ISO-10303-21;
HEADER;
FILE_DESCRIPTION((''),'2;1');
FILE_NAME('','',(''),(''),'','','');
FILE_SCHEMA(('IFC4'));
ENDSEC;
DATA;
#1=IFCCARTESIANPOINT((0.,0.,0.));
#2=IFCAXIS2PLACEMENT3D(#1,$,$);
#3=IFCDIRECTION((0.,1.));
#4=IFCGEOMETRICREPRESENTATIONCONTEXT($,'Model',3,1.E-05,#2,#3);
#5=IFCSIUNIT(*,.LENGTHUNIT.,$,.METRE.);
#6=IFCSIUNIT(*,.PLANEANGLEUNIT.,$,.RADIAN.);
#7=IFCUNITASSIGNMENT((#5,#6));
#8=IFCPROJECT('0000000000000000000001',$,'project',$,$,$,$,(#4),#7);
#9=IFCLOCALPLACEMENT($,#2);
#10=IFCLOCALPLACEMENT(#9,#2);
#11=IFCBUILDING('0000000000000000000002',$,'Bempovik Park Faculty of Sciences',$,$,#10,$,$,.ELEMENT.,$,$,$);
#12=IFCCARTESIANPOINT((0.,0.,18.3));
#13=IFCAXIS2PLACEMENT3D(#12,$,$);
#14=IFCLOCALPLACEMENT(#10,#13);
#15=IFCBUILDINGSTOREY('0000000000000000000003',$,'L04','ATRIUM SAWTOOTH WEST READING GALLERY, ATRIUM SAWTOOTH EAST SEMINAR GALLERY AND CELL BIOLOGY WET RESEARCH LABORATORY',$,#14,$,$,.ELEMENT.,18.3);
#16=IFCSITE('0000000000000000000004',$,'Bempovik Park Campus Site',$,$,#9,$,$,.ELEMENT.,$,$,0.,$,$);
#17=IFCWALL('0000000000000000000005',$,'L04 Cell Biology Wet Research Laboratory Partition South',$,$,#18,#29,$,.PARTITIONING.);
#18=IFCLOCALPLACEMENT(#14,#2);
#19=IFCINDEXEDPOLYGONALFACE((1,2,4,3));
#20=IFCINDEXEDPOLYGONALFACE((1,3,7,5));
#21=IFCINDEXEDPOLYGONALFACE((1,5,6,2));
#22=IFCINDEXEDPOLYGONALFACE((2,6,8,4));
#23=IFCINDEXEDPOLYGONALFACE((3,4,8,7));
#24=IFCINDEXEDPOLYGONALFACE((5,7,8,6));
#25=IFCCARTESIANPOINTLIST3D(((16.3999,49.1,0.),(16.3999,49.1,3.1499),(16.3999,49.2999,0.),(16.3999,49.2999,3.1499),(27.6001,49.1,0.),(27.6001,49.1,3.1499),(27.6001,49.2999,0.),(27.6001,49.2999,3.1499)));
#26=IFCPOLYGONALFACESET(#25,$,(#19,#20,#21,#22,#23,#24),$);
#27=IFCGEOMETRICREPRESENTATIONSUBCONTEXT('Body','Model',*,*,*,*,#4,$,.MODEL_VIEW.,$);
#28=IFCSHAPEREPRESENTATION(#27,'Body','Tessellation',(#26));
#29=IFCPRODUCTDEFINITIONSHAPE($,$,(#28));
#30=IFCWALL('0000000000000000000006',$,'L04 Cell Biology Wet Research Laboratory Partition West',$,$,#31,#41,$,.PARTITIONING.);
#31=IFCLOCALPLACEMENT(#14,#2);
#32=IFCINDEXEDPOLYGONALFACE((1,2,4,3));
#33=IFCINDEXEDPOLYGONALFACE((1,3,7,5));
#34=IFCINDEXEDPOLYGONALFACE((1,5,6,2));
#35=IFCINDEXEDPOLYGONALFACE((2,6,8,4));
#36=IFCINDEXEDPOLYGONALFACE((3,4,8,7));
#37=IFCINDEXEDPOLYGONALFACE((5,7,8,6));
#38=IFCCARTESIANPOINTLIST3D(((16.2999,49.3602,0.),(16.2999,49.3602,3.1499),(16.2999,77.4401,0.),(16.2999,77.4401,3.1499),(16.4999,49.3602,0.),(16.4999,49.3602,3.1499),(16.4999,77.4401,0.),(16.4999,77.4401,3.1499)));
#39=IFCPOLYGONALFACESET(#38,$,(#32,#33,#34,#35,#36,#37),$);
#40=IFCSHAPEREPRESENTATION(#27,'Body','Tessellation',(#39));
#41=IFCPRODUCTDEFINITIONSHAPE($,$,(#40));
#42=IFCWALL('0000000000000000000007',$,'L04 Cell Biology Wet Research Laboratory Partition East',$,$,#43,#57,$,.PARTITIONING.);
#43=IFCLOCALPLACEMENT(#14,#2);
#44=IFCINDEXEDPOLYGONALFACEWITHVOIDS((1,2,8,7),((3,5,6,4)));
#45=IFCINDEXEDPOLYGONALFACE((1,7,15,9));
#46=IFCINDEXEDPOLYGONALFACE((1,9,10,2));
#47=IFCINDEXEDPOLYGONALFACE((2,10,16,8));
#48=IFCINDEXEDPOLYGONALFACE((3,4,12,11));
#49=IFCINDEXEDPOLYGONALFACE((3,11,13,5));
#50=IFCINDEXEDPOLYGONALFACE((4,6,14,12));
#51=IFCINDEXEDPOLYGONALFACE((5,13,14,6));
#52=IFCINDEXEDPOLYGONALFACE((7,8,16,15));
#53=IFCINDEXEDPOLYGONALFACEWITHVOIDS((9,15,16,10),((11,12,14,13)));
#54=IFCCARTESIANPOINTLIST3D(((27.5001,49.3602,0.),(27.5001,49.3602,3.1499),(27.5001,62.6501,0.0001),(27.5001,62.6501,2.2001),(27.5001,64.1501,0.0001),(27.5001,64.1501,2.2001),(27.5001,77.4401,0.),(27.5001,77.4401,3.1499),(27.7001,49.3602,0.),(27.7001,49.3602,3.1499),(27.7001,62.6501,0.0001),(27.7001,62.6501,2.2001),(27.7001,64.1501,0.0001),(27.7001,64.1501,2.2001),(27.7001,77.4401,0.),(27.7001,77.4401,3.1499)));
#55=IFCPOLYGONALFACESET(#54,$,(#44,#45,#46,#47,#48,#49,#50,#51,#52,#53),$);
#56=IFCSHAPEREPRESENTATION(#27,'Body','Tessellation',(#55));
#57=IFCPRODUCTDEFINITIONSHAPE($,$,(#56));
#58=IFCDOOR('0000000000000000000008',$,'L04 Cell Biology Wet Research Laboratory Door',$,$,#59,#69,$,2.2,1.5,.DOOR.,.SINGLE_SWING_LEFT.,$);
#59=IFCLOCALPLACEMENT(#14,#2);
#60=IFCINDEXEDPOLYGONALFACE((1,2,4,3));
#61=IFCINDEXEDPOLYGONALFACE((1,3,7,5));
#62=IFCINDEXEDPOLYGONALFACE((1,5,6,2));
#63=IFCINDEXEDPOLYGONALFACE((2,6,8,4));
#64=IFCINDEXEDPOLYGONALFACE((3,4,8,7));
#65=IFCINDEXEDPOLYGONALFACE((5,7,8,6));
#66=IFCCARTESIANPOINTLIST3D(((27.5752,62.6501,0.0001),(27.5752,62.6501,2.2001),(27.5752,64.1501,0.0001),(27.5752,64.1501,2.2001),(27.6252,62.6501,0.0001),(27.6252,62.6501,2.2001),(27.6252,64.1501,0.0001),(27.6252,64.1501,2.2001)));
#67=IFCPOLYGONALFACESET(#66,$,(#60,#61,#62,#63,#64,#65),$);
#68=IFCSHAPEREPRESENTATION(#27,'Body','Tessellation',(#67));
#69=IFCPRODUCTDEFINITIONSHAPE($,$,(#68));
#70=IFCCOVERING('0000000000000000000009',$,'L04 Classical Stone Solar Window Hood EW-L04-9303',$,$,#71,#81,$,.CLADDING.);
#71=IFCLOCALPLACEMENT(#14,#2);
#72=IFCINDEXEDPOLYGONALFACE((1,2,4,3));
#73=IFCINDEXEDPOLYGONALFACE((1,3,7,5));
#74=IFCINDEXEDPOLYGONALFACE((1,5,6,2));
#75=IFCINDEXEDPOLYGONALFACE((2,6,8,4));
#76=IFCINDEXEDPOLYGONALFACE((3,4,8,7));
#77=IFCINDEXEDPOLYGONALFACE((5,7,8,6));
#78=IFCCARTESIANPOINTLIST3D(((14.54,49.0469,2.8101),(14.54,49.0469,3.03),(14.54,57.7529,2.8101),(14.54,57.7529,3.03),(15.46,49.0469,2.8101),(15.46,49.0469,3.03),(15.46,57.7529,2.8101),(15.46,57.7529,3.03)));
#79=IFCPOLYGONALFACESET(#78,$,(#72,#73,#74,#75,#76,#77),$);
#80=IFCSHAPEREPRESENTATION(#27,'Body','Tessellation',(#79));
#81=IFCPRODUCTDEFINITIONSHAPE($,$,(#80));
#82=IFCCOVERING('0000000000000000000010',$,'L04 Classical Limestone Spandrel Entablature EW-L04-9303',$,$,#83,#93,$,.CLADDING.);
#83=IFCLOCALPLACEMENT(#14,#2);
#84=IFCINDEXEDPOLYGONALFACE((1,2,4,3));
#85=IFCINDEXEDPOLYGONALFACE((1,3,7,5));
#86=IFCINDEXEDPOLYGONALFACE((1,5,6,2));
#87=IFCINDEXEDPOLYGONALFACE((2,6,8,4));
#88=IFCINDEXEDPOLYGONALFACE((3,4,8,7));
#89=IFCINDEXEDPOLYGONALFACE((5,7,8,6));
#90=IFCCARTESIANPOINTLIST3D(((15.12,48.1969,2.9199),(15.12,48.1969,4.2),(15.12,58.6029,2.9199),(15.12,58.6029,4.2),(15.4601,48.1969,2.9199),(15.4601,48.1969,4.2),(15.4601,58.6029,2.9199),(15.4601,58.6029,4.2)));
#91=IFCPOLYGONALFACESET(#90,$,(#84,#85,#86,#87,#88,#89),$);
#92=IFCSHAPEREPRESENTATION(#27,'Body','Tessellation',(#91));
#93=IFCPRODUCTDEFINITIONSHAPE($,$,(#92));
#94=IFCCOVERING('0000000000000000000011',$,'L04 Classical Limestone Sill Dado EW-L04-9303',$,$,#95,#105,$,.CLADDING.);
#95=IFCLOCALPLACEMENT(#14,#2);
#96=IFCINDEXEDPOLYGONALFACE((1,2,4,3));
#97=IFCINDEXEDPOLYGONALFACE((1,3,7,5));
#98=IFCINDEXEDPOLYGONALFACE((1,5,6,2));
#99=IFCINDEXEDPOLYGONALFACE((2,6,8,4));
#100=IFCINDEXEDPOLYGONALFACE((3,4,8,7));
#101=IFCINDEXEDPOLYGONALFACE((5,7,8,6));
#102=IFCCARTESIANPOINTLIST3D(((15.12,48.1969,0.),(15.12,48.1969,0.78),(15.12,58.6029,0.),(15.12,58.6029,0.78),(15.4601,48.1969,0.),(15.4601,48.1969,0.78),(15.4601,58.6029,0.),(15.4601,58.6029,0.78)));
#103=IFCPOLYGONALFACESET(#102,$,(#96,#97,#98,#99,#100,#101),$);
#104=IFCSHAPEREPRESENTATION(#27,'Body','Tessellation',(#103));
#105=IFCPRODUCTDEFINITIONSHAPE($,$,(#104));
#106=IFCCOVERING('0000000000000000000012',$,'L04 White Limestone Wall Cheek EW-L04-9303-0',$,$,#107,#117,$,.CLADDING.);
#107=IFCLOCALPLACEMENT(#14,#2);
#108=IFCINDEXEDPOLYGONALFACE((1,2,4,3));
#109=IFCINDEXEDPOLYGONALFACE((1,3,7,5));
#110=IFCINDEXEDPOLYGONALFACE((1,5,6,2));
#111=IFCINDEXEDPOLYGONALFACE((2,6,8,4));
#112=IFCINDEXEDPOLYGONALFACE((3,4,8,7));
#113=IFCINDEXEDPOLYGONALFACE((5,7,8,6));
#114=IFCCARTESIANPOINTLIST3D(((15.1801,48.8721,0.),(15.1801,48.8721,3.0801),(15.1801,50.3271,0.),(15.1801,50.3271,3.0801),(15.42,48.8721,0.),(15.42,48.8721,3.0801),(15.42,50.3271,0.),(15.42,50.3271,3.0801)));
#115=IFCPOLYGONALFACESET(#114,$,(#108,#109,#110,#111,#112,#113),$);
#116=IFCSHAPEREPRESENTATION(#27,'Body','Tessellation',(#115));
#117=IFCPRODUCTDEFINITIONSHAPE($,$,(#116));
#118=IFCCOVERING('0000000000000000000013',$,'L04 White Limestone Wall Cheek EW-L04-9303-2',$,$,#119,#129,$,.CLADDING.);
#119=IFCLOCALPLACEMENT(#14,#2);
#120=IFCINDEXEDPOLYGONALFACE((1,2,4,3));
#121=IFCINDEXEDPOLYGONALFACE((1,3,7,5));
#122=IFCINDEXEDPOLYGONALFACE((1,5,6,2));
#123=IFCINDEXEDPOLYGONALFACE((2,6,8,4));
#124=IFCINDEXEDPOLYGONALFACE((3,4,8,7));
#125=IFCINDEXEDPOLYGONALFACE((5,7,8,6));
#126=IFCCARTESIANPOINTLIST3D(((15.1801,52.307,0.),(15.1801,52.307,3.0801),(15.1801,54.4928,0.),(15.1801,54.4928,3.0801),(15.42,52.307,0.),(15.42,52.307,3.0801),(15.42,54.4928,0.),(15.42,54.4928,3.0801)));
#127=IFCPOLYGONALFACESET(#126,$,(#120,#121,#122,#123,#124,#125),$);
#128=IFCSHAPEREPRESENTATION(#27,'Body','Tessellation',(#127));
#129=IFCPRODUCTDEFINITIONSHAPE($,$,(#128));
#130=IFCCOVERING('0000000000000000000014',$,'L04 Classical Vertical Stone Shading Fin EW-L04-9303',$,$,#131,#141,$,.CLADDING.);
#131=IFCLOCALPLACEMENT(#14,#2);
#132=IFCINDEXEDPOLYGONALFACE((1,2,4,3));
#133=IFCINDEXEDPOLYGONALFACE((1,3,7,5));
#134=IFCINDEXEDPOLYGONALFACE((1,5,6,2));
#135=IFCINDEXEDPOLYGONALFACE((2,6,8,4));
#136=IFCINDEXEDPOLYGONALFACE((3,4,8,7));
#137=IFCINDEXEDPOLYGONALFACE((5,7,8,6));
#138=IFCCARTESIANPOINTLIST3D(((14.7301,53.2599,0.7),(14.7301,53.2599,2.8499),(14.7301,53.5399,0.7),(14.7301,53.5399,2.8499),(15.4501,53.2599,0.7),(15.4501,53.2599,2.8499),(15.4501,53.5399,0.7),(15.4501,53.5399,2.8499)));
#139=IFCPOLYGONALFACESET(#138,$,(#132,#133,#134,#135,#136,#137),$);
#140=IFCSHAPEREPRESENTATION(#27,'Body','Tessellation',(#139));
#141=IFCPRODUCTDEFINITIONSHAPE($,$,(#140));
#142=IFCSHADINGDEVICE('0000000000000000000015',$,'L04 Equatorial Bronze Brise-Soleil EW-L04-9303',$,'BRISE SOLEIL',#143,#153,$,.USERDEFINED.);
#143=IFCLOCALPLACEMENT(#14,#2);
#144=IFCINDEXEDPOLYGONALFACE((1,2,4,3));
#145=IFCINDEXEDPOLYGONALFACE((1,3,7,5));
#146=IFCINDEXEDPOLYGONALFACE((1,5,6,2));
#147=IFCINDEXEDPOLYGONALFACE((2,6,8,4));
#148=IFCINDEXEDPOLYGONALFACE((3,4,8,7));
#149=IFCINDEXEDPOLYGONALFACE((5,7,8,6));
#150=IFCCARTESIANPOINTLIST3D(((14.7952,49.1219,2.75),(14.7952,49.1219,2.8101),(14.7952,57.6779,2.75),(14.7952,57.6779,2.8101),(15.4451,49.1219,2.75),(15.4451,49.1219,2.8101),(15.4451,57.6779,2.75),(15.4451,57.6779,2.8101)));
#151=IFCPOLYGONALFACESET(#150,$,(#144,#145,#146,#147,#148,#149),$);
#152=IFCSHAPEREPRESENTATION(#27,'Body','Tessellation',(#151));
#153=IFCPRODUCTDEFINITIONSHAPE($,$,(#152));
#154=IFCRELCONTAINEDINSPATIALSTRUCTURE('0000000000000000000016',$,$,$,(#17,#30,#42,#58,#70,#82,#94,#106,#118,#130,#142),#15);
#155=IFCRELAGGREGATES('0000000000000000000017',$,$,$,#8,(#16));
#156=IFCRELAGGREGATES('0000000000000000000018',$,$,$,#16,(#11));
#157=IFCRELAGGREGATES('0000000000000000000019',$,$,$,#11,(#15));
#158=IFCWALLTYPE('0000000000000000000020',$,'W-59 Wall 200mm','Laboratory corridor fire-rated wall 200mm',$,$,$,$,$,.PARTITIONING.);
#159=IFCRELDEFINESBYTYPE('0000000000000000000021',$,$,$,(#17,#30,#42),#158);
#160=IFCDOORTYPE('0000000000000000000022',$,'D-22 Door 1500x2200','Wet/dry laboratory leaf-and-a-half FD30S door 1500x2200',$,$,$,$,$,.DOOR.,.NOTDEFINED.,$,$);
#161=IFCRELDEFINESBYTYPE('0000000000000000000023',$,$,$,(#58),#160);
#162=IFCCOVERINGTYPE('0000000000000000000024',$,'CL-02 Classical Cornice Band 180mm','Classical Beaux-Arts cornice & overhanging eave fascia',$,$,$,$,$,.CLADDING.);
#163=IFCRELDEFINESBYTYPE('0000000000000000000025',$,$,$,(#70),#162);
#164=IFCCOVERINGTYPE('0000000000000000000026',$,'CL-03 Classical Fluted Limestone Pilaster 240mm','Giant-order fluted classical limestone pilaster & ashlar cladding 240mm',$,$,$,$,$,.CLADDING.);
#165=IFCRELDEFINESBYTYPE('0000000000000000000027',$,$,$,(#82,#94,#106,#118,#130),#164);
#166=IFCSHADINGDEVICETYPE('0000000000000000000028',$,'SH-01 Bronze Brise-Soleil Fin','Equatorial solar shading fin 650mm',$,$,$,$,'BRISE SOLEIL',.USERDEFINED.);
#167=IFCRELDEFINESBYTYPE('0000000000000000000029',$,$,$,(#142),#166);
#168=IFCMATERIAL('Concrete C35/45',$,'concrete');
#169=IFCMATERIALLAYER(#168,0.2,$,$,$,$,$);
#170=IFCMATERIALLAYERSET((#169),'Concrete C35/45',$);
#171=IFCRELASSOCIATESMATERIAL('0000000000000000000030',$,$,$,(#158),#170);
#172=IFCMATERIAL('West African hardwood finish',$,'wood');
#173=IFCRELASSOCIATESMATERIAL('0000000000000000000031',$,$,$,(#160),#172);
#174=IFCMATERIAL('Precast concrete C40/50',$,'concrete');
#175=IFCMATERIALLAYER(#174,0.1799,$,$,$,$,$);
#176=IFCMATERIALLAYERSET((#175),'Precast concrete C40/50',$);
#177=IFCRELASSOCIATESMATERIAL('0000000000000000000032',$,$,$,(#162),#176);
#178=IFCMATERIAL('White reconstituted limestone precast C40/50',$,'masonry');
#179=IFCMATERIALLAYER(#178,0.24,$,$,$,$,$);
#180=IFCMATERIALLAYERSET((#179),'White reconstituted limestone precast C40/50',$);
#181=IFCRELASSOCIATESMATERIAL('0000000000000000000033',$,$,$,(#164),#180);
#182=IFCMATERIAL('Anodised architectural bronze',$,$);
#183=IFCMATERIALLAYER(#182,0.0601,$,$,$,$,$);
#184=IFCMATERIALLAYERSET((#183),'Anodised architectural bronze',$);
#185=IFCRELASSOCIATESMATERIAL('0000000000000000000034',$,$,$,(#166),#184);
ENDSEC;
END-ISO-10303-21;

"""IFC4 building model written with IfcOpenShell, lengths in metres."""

from ifc_helpers import new_model, si_unit, direction, frame, frame_2d, origin, origin_2d, place, context, subcontext, project, spatial, rectangle, extrude, material, layer, layer_set, type_object, element, fill, save


model = new_model("IFC4")

# Units and contexts
model_context = context("Model", 3, precision=1e-05, world=origin(), true_north=direction((0.0, 1.0)))
body_context = subcontext(model_context, "Body", "Model", "MODEL_VIEW")
ifc_project = project(units=[si_unit("LENGTHUNIT", "METRE"), si_unit("PLANEANGLEUNIT", "RADIAN")], contexts=[model_context])

# Site, building, storey
site_placement = place(None, origin())
site = spatial("IfcSite", under=ifc_project, at=site_placement, Name="Bempovik Park Campus Site", CompositionType="ELEMENT", RefElevation=0.0)
building_placement = place(site_placement, origin())
building = spatial("IfcBuilding", under=site, at=building_placement, Name="Bempovik Park Faculty of Sciences", CompositionType="ELEMENT")
storey_placement = place(building_placement, frame((0.0, 0.0, 18.3)))
storey = spatial("IfcBuildingStorey", under=building, at=storey_placement, Name="L04", Description="ATRIUM SAWTOOTH WEST READING GALLERY, ATRIUM SAWTOOTH EAST SEMINAR GALLERY AND CELL BIOLOGY WET RESEARCH LABORATORY", CompositionType="ELEMENT", Elevation=18.3)

# Shared definitions
ifc_material_1 = material(Name="Concrete C35/45", Category="concrete")

# Shared definitions
ifc_material_2 = material(Name="Precast concrete C40/50", Category="concrete")

# Walls
ifc_layer_1 = layer(ifc_material_1, 0.2)
ifc_layer_set_1 = layer_set([ifc_layer_1], Name="Concrete C35/45")
wall_type_1 = type_object("IfcWallType", Name="W-59 Wall 200mm", Description="Laboratory corridor fire-rated wall 200mm", PredefinedType="PARTITIONING", material=ifc_layer_set_1)
wall_1_placement = place(storey_placement, frame((16.3999, 49.2, 0.0), z_axis=(0.0, 0.0, 1.0), x_axis=(1.0, 0.0, 0.0)))
element("IfcWall", 1, at=wall_1_placement, inside=storey, type_object=wall_type_1, Name="L04 Cell Biology Wet Research Laboratory Partition South", PredefinedType="PARTITIONING", context=body_context, shape_type="SweptSolid", body=[
    extrude(rectangle(XDim=11.2002, YDim=0.2, at=frame_2d((5.6001, 0.0))), origin(), (0.0, 0.0, 1.0), 3.1499),
])
wall_2_placement = place(storey_placement, frame((16.3999, 49.3601, 0.0), z_axis=(0.0, 0.0, 1.0), x_axis=(0.0, 1.0, 0.0)))
element("IfcWall", 2, at=wall_2_placement, inside=storey, type_object=wall_type_1, Name="L04 Cell Biology Wet Research Laboratory Partition West", PredefinedType="PARTITIONING", context=body_context, shape_type="SweptSolid", body=[
    extrude(rectangle(XDim=28.0798, YDim=0.2, at=frame_2d((14.04, 0.0))), origin(), (0.0, 0.0, 1.0), 3.1499),
])

# Wall, opening, door
wall_3_placement = place(storey_placement, frame((27.6001, 49.3601, 0.0), z_axis=(0.0, 0.0, 1.0), x_axis=(0.0, 1.0, 0.0)))
wall_3 = element("IfcWall", 3, at=wall_3_placement, inside=storey, type_object=wall_type_1, Name="L04 Cell Biology Wet Research Laboratory Partition East", PredefinedType="PARTITIONING", context=body_context, shape_type="SweptSolid", body=[
    extrude(rectangle(XDim=28.0798, YDim=0.2, at=frame_2d((14.04, 0.0))), origin(), (0.0, 0.0, 1.0), 3.1499),
])
opening_1_placement = place(wall_3_placement, frame((13.29, 0.0, 0.0)))
opening_1 = element("IfcOpeningElement", 4, at=opening_1_placement, cuts=wall_3, PredefinedType="OPENING", context=body_context, shape_type="SweptSolid", body=[
    extrude(rectangle(XDim=1.5, YDim=2.2, at=frame_2d((0.75, 1.1001))), frame((0.0, 0.1099, 0.0), z_axis=(0.0, -1.0, 0.0), x_axis=(1.0, 0.0, 0.0)), (0.0, 0.0, 1.0), 0.22),
])
ifc_material_3 = material(Name="West African hardwood finish", Category="wood")
door_type = type_object("IfcDoorType", Name="D-22 Door 1500x2200", Description="Wet/dry laboratory leaf-and-a-half FD30S door 1500x2200", OperationType="NOTDEFINED", PredefinedType="DOOR", material=ifc_material_3)
door_placement = place(opening_1_placement, origin())
door = element("IfcDoor", 5, at=door_placement, inside=storey, type_object=door_type, Name="L04 Cell Biology Wet Research Laboratory Door", OperationType="SINGLE_SWING_LEFT", OverallHeight=2.2, OverallWidth=1.5, PredefinedType="DOOR", context=body_context, shape_type="SweptSolid", body=[
    extrude(rectangle(XDim=1.5, YDim=2.2, at=frame_2d((0.75, 1.1001))), frame((0.0, 0.0249, 0.0), z_axis=(0.0, -1.0, 0.0), x_axis=(1.0, 0.0, 0.0)), (0.0, 0.0, 1.0), 0.05),
])
fill(opening_1, door)

# Coverings
ifc_layer_2 = layer(ifc_material_2, 0.1799)
ifc_layer_set_2 = layer_set([ifc_layer_2], Name="Precast concrete C40/50")
covering_type_1 = type_object("IfcCoveringType", Name="CL-02 Classical Cornice Band 180mm", Description="Classical Beaux-Arts cornice & overhanging eave fascia", PredefinedType="CLADDING", material=ifc_layer_set_2)
covering_1_placement = place(storey_placement, frame((15.0, 53.3999, 2.8101), z_axis=(0.0, 0.0, 1.0), x_axis=(1.0, 0.0, 0.0)))
element("IfcCovering", 6, at=covering_1_placement, inside=storey, type_object=covering_type_1, Name="L04 Classical Stone Solar Window Hood EW-L04-9303", PredefinedType="CLADDING", context=body_context, shape_type="SweptSolid", body=[
    extrude(rectangle(XDim=0.9199, YDim=8.7061, at=origin_2d()), origin(), (0.0, 0.0, 1.0), 0.22),
])
ifc_material_4 = material(Name="White reconstituted limestone precast C40/50", Category="masonry")
ifc_layer_3 = layer(ifc_material_4, 0.24)
ifc_layer_set_3 = layer_set([ifc_layer_3], Name="White reconstituted limestone precast C40/50")
covering_type_2 = type_object("IfcCoveringType", Name="CL-03 Classical Fluted Limestone Pilaster 240mm", Description="Giant-order fluted classical limestone pilaster & ashlar cladding 240mm", PredefinedType="CLADDING", material=ifc_layer_set_3)
covering_2_placement = place(storey_placement, frame((15.29, 53.3999, 2.9199), z_axis=(0.0, 0.0, 1.0), x_axis=(1.0, 0.0, 0.0)))
element("IfcCovering", 7, at=covering_2_placement, inside=storey, type_object=covering_type_2, Name="L04 Classical Limestone Spandrel Entablature EW-L04-9303", PredefinedType="CLADDING", context=body_context, shape_type="SweptSolid", body=[
    extrude(rectangle(XDim=0.3401, YDim=10.406, at=origin_2d()), origin(), (0.0, 0.0, 1.0), 1.28),
])
covering_3_placement = place(storey_placement, frame((15.29, 53.3999, 0.0), z_axis=(0.0, 0.0, 1.0), x_axis=(1.0, 0.0, 0.0)))
element("IfcCovering", 8, at=covering_3_placement, inside=storey, type_object=covering_type_2, Name="L04 Classical Limestone Sill Dado EW-L04-9303", PredefinedType="CLADDING", context=body_context, shape_type="SweptSolid", body=[
    extrude(rectangle(XDim=0.3401, YDim=10.406, at=origin_2d()), origin(), (0.0, 0.0, 1.0), 0.78),
])
covering_4_placement = place(storey_placement, frame((15.3, 49.5996, 0.0), z_axis=(0.0, 0.0, 1.0), x_axis=(1.0, 0.0, 0.0)))
element("IfcCovering", 9, at=covering_4_placement, inside=storey, type_object=covering_type_2, Name="L04 White Limestone Wall Cheek EW-L04-9303-0", PredefinedType="CLADDING", context=body_context, shape_type="SweptSolid", body=[
    extrude(rectangle(XDim=0.24, YDim=1.4551, at=origin_2d()), origin(), (0.0, 0.0, 1.0), 3.0801),
])
covering_5_placement = place(storey_placement, frame((15.3, 53.3999, 0.0), z_axis=(0.0, 0.0, 1.0), x_axis=(1.0, 0.0, 0.0)))
element("IfcCovering", 10, at=covering_5_placement, inside=storey, type_object=covering_type_2, Name="L04 White Limestone Wall Cheek EW-L04-9303-2", PredefinedType="CLADDING", context=body_context, shape_type="SweptSolid", body=[
    extrude(rectangle(XDim=0.24, YDim=2.1858, at=origin_2d()), origin(), (0.0, 0.0, 1.0), 3.0801),
])
covering_6_placement = place(storey_placement, frame((15.0901, 53.3999, 0.7), z_axis=(0.0, 0.0, 1.0), x_axis=(1.0, 0.0, 0.0)))
element("IfcCovering", 11, at=covering_6_placement, inside=storey, type_object=covering_type_2, Name="L04 Classical Vertical Stone Shading Fin EW-L04-9303", PredefinedType="CLADDING", context=body_context, shape_type="SweptSolid", body=[
    extrude(rectangle(XDim=0.72, YDim=0.28, at=origin_2d()), origin(), (0.0, 0.0, 1.0), 2.1499),
])

# Shading device
ifc_material_5 = material(Name="Anodised architectural bronze")
ifc_layer_4 = layer(ifc_material_5, 0.0601)
ifc_layer_set_4 = layer_set([ifc_layer_4], Name="Anodised architectural bronze")
shading_device_type = type_object("IfcShadingDeviceType", Name="SH-01 Bronze Brise-Soleil Fin", Description="Equatorial solar shading fin 650mm", ElementType="BRISE SOLEIL", PredefinedType="USERDEFINED", material=ifc_layer_set_4)
shading_device_placement = place(storey_placement, frame((15.1201, 53.3999, 2.75), z_axis=(0.0, 0.0, 1.0), x_axis=(1.0, 0.0, 0.0)))
element("IfcShadingDevice", 12, at=shading_device_placement, inside=storey, type_object=shading_device_type, Name="L04 Equatorial Bronze Brise-Soleil EW-L04-9303", ObjectType="BRISE SOLEIL", PredefinedType="USERDEFINED", context=body_context, shape_type="SweptSolid", body=[
    extrude(rectangle(XDim=0.6499, YDim=8.5559, at=origin_2d()), origin(), (0.0, 0.0, 1.0), 0.0601),
])

save(model, "model.ifc")
